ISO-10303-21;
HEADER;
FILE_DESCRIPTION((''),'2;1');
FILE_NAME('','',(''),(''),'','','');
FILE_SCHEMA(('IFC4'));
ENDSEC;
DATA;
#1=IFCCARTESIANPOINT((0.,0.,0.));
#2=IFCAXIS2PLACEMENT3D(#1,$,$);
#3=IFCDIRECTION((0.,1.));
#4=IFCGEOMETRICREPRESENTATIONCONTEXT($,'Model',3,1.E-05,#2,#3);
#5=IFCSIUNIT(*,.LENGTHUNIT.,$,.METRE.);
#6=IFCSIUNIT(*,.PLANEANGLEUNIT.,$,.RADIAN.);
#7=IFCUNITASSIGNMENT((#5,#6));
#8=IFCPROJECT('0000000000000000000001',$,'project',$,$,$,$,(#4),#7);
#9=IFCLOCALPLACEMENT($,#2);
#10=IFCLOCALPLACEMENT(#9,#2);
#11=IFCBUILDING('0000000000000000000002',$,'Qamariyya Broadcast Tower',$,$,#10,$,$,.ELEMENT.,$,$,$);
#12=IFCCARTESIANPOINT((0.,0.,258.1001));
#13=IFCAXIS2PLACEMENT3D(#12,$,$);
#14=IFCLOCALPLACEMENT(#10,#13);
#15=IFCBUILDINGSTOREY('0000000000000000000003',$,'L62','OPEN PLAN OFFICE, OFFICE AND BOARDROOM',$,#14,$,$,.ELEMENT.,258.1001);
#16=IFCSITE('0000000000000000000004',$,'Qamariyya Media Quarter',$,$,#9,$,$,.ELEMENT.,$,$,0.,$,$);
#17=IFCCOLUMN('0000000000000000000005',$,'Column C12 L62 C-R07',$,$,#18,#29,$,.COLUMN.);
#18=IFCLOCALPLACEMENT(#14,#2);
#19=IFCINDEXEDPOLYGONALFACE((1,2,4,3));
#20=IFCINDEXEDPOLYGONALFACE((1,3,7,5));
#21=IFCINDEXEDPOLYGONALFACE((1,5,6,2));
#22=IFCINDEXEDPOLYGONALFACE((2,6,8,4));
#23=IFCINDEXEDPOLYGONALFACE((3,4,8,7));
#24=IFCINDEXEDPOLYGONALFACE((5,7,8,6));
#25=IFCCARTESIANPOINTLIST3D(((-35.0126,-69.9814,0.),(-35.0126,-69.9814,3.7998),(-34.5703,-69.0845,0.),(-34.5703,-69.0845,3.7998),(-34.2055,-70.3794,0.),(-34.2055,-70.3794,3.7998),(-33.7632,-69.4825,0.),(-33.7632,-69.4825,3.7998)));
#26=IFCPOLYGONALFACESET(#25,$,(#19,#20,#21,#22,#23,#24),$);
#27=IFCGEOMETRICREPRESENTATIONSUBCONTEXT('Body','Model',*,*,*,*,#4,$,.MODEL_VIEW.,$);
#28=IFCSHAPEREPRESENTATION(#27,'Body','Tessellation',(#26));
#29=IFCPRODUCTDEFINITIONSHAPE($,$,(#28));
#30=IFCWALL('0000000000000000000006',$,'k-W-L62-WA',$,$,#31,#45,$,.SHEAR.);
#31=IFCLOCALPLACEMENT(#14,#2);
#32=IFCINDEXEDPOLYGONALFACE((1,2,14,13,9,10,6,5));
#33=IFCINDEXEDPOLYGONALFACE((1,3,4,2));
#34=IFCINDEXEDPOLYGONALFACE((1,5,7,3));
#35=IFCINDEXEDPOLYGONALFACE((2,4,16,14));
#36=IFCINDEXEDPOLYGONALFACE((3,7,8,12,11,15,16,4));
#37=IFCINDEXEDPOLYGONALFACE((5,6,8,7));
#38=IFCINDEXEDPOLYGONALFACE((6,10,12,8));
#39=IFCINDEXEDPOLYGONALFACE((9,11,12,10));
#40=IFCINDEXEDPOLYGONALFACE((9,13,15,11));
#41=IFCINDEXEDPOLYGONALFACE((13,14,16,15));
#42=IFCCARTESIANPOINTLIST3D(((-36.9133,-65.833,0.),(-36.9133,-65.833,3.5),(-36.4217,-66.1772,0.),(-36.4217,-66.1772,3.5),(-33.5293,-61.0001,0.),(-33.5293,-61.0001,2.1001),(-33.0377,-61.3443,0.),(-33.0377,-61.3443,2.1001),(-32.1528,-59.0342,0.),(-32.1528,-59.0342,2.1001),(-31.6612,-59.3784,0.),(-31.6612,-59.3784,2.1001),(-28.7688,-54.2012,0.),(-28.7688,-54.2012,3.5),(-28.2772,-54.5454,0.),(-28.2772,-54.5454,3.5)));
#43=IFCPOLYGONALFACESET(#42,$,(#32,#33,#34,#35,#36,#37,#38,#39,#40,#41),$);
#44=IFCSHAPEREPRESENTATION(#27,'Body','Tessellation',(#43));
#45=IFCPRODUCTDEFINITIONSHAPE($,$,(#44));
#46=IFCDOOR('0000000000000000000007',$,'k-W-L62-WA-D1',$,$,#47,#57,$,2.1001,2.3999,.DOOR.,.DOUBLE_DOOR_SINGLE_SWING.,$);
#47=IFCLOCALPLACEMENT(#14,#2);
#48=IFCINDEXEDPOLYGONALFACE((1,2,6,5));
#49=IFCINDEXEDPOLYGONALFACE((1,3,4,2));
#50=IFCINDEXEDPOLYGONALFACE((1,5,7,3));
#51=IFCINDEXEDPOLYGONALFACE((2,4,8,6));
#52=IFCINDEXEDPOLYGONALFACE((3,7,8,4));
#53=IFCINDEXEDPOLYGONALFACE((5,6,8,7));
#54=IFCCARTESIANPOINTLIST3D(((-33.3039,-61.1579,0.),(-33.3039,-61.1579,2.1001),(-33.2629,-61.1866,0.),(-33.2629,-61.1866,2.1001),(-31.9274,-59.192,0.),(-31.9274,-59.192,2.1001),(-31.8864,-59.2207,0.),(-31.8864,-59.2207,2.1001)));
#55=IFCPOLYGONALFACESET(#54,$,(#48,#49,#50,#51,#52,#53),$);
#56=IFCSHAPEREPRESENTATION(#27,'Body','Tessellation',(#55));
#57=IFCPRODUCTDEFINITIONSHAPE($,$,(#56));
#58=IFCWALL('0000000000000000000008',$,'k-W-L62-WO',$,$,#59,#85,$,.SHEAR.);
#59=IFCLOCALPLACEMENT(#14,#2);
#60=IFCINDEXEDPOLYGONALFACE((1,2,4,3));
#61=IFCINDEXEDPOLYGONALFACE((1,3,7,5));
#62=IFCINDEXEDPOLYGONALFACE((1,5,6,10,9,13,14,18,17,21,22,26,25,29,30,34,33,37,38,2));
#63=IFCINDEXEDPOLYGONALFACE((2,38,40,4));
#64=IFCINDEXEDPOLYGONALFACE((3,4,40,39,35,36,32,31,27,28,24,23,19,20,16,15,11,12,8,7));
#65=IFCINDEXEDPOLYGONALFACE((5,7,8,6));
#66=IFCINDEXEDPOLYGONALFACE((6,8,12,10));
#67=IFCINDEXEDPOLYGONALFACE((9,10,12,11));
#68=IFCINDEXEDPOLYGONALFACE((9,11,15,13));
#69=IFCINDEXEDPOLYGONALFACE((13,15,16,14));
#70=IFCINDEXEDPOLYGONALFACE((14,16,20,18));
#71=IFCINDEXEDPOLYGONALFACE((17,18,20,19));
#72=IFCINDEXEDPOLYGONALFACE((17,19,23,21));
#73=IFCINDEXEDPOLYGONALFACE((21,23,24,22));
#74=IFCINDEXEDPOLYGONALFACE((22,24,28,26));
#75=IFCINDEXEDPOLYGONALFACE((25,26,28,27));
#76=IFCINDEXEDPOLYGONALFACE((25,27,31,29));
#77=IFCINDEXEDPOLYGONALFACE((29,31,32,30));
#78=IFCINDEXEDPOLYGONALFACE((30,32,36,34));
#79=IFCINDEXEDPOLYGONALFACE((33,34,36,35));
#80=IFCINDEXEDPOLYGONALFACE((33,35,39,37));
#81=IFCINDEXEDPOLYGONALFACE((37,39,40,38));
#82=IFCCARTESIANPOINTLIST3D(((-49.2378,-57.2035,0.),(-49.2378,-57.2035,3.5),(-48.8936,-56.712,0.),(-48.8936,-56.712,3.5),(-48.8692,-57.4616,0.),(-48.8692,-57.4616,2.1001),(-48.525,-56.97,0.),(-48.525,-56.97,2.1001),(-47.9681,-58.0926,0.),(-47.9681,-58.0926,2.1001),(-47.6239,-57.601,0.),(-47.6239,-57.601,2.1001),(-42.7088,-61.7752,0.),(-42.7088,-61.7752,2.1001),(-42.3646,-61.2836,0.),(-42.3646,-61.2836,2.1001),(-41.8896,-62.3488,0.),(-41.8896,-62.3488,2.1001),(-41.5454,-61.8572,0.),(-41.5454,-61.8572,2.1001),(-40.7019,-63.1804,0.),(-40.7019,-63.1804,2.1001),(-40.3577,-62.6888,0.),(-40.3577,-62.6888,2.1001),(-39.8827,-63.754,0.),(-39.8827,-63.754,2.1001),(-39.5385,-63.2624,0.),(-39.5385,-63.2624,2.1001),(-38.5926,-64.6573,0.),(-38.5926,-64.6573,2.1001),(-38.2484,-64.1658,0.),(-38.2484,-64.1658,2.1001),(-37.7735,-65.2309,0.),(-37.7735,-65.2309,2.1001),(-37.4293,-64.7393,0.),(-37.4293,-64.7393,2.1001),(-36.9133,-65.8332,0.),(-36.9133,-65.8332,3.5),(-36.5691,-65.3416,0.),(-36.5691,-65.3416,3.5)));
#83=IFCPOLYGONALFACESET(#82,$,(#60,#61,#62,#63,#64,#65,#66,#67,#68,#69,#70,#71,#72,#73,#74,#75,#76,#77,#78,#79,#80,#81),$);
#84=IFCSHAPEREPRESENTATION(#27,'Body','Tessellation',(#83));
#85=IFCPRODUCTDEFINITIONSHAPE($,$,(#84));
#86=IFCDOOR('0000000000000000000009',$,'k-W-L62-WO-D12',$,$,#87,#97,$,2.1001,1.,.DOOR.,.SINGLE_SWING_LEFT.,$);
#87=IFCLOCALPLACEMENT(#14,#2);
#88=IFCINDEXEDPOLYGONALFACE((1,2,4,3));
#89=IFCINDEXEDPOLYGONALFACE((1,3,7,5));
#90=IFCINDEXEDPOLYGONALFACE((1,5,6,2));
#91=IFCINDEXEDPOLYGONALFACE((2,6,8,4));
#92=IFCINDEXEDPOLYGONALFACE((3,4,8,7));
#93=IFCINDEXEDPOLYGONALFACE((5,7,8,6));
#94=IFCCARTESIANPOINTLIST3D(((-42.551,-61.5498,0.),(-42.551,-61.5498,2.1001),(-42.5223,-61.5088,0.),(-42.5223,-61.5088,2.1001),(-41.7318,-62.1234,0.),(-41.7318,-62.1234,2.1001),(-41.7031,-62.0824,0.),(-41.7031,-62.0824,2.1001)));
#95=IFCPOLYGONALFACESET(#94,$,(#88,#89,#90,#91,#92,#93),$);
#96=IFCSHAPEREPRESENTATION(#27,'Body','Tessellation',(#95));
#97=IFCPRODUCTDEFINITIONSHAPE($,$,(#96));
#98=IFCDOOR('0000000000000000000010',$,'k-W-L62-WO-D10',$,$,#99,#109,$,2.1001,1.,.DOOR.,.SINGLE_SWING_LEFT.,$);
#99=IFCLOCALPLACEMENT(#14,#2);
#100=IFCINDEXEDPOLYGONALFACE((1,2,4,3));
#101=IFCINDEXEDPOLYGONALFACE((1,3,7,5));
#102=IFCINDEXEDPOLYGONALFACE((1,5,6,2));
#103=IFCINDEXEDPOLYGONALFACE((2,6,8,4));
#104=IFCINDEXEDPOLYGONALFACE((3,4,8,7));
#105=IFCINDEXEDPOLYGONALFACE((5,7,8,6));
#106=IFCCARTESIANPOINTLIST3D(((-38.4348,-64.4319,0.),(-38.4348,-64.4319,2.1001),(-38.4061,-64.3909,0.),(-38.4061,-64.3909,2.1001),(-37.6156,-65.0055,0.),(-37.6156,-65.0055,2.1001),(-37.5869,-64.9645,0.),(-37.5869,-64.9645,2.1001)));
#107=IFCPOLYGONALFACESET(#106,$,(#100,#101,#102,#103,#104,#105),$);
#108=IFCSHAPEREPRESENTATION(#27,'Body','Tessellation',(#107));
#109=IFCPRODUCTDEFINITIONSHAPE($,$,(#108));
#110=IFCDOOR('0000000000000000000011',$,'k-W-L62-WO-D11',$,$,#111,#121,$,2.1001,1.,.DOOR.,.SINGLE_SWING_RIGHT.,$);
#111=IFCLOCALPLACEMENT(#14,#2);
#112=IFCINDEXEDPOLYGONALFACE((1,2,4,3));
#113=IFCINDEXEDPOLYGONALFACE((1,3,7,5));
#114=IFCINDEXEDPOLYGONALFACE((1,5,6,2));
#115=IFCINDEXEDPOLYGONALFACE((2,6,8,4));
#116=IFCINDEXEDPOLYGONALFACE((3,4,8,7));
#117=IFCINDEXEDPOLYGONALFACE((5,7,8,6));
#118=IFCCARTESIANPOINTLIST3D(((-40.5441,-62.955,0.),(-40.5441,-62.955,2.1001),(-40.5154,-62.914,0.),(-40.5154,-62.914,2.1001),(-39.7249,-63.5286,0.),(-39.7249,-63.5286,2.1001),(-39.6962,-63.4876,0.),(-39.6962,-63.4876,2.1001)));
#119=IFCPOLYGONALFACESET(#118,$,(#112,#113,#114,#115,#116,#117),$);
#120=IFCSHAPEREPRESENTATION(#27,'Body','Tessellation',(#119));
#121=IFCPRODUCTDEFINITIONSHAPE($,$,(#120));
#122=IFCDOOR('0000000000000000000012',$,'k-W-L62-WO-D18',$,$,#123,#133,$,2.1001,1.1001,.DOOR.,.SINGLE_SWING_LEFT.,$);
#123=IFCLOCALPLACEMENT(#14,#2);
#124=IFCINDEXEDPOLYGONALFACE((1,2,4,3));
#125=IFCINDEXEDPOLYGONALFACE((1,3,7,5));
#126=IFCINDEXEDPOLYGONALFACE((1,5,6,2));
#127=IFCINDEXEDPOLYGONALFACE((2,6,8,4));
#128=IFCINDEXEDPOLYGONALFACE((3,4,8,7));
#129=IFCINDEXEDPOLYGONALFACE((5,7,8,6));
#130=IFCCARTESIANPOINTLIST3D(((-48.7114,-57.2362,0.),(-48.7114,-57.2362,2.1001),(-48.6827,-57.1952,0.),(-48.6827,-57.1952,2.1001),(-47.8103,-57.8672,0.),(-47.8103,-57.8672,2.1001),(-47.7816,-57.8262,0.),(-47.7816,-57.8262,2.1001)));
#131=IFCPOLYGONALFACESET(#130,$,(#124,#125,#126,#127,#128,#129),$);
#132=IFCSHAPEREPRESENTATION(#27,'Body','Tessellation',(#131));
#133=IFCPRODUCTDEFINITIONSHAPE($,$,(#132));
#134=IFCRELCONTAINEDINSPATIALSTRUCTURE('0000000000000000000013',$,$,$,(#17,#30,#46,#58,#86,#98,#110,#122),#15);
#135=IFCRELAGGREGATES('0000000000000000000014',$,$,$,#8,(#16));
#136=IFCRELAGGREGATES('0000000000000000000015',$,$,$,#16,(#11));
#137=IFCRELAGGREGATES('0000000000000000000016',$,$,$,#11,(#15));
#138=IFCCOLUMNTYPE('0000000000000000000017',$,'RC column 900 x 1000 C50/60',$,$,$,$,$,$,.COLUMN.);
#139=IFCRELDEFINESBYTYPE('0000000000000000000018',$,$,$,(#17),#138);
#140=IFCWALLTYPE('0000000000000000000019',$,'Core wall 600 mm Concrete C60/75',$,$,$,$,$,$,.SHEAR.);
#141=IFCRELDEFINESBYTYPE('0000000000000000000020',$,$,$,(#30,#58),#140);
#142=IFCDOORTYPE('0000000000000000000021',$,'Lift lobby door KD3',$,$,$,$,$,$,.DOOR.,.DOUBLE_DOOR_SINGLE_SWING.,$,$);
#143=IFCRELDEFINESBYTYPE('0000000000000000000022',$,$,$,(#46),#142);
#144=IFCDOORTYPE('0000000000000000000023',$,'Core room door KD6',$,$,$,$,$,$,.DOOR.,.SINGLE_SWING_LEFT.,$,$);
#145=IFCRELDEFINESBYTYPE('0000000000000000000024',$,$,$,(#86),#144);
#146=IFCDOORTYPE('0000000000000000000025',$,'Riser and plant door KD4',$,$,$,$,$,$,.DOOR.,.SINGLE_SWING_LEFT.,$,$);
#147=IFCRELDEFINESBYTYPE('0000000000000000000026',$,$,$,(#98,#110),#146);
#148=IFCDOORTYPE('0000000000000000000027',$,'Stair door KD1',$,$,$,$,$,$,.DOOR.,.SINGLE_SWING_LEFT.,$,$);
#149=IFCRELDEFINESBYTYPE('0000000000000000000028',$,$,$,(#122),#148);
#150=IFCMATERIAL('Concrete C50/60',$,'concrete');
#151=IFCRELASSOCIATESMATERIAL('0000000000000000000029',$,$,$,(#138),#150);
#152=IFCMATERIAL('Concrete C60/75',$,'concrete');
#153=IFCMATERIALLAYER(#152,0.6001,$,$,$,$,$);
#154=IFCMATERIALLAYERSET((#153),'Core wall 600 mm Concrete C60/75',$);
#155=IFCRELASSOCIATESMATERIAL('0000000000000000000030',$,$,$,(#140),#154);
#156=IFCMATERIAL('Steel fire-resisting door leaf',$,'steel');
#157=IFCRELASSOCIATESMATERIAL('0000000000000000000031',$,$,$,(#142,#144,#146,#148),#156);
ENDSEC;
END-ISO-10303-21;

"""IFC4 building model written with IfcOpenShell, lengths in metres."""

from ifc_helpers import new_model, si_unit, direction, frame, frame_2d, origin, origin_2d, place, context, subcontext, project, spatial, rectangle, extrude, material, layer, layer_set, material_profile, profile_set, type_object, element, fill, save


model = new_model("IFC4")

# Units and contexts
model_context = context("Model", 3, precision=1e-05, world=origin(), true_north=direction((0.0, 1.0)))
body_context = subcontext(model_context, "Body", "Model", "MODEL_VIEW")
ifc_project = project(units=[si_unit("LENGTHUNIT", "METRE"), si_unit("PLANEANGLEUNIT", "RADIAN")], contexts=[model_context])

# Site, building, storey
site_placement = place(None, origin())
site = spatial("IfcSite", under=ifc_project, at=site_placement, Name="Qamariyya Media Quarter", CompositionType="ELEMENT", RefElevation=0.0)
building_placement = place(site_placement, origin())
building = spatial("IfcBuilding", under=site, at=building_placement, Name="Qamariyya Broadcast Tower", CompositionType="ELEMENT")
storey_placement = place(building_placement, frame((0.0, 0.0, 258.1001)))
storey = spatial("IfcBuildingStorey", under=building, at=storey_placement, Name="L62", Description="OPEN PLAN OFFICE, OFFICE AND BOARDROOM", CompositionType="ELEMENT", Elevation=258.1001)

# Column
ifc_material_1 = material(Name="Concrete C50/60", Category="concrete")
ifc_material_profile_1 = material_profile(ifc_material_1, rectangle(XDim=0.8999, YDim=1.0, at=origin_2d()))
ifc_profile_set_1 = profile_set([ifc_material_profile_1], Name="Concrete C50/60")
column_type = type_object("IfcColumnType", Name="RC column 900 x 1000 C50/60", PredefinedType="COLUMN", material=ifc_profile_set_1)
column_placement = place(storey_placement, frame((-34.3879, -69.7319, 0.0), z_axis=(0.0, 0.0, 1.0), x_axis=(0.896873, -0.442289, 0.0)))
element("IfcColumn", 1, at=column_placement, inside=storey, type_object=column_type, Name="Column C12 L62 C-R07", PredefinedType="COLUMN", context=body_context, shape_type="SweptSolid", body=[
    extrude(rectangle(XDim=0.8999, YDim=1.0, at=origin_2d()), origin(), (0.0, 0.0, 1.0), 3.7998),
])

# Wall, opening, door
ifc_material_2 = material(Name="Concrete C60/75", Category="concrete")
ifc_layer_1 = layer(ifc_material_2, 0.6001)
ifc_layer_set_1 = layer_set([ifc_layer_1], Name="Core wall 600 mm Concrete C60/75")
wall_type_1 = type_object("IfcWallType", Name="Core wall 600 mm Concrete C60/75", PredefinedType="SHEAR", material=ifc_layer_set_1)
wall_1_placement = place(storey_placement, frame((-36.6675, -66.0051, 0.0), z_axis=(0.0, 0.0, 1.0), x_axis=(0.573568, 0.819158, 0.0)))
wall_1 = element("IfcWall", 2, at=wall_1_placement, inside=storey, type_object=wall_type_1, Name="k-W-L62-WA", PredefinedType="SHEAR", context=body_context, shape_type="SweptSolid", body=[
    extrude(rectangle(XDim=14.1997, YDim=0.6001, at=frame_2d((7.0999, 0.0))), origin(), (0.0, 0.0, 1.0), 3.5),
])
opening_1_placement = place(wall_1_placement, frame((5.8999, 0.0, 0.0)))
opening_1 = element("IfcOpeningElement", 3, at=opening_1_placement, cuts=wall_1, PredefinedType="OPENING", context=body_context, shape_type="SweptSolid", body=[
    extrude(rectangle(XDim=2.3999, YDim=2.1001, at=frame_2d((1.2, 1.05))), frame((0.0, 0.3101, 0.0), z_axis=(0.0, -1.0, 0.0), x_axis=(1.0, 0.0, 0.0)), (0.0, 0.0, 1.0), 0.6201),
])
ifc_material_3 = material(Name="Steel fire-resisting door leaf", Category="steel")
door_type_1 = type_object("IfcDoorType", Name="Lift lobby door KD3", OperationType="DOUBLE_DOOR_SINGLE_SWING", PredefinedType="DOOR", material=ifc_material_3)
door_1_placement = place(opening_1_placement, origin())
door_1 = element("IfcDoor", 4, at=door_1_placement, inside=storey, type_object=door_type_1, Name="k-W-L62-WA-D1", OperationType="DOUBLE_DOOR_SINGLE_SWING", OverallHeight=2.1001, OverallWidth=2.3999, PredefinedType="DOOR", context=body_context, shape_type="SweptSolid", body=[
    extrude(rectangle(XDim=2.3999, YDim=2.1001, at=frame_2d((1.2, 1.05))), frame((0.0, 0.0249, 0.0), z_axis=(0.0, -1.0, 0.0), x_axis=(1.0, 0.0, 0.0)), (0.0, 0.0, 1.0), 0.05),
])
fill(opening_1, door_1)

# Wall, openings, doors
wall_2_placement = place(storey_placement, frame((-36.7412, -65.5874, 0.0), z_axis=(0.0, 0.0, 1.0), x_axis=(-0.819153, 0.573575, 0.0)))
wall_2 = element("IfcWall", 5, at=wall_2_placement, inside=storey, type_object=wall_type_1, Name="k-W-L62-WO", PredefinedType="SHEAR", context=body_context, shape_type="SweptSolid", body=[
    extrude(rectangle(XDim=15.0454, YDim=0.6001, at=frame_2d((7.5227, 0.0))), origin(), (0.0, 0.0, 1.0), 3.5),
])
opening_2_placement = place(wall_2_placement, frame((1.05, 0.0, 0.0)))
opening_2 = element("IfcOpeningElement", 6, at=opening_2_placement, cuts=wall_2, PredefinedType="OPENING", context=body_context, shape_type="SweptSolid", body=[
    extrude(rectangle(XDim=1.0, YDim=2.1001, at=frame_2d((0.5, 1.05))), frame((0.0, 0.3101, 0.0), z_axis=(0.0, -1.0, 0.0), x_axis=(1.0, 0.0, 0.0)), (0.0, 0.0, 1.0), 0.6201),
])
opening_3_placement = place(wall_2_placement, frame((3.625, 0.0, 0.0)))
opening_3 = element("IfcOpeningElement", 7, at=opening_3_placement, cuts=wall_2, PredefinedType="OPENING", context=body_context, shape_type="SweptSolid", body=[
    extrude(rectangle(XDim=1.0, YDim=2.1001, at=frame_2d((0.5, 1.05))), frame((0.0, 0.3101, 0.0), z_axis=(0.0, -1.0, 0.0), x_axis=(1.0, 0.0, 0.0)), (0.0, 0.0, 1.0), 0.6201),
])
opening_4_placement = place(wall_2_placement, frame((6.075, 0.0, 0.0)))
opening_4 = element("IfcOpeningElement", 8, at=opening_4_placement, cuts=wall_2, PredefinedType="OPENING", context=body_context, shape_type="SweptSolid", body=[
    extrude(rectangle(XDim=1.0, YDim=2.1001, at=frame_2d((0.5, 1.05))), frame((0.0, 0.3101, 0.0), z_axis=(0.0, -1.0, 0.0), x_axis=(1.0, 0.0, 0.0)), (0.0, 0.0, 1.0), 0.6201),
])
opening_5_placement = place(wall_2_placement, frame((13.4954, 0.0, 0.0)))
opening_5 = element("IfcOpeningElement", 9, at=opening_5_placement, cuts=wall_2, PredefinedType="OPENING", context=body_context, shape_type="SweptSolid", body=[
    extrude(rectangle(XDim=1.1001, YDim=2.1001, at=frame_2d((0.55, 1.05))), frame((0.0, 0.3101, 0.0), z_axis=(0.0, -1.0, 0.0), x_axis=(1.0, 0.0, 0.0)), (0.0, 0.0, 1.0), 0.6201),
])
door_type_2 = type_object("IfcDoorType", Name="Core room door KD6", OperationType="SINGLE_SWING_LEFT", PredefinedType="DOOR", material=ifc_material_3)
door_2_placement = place(opening_4_placement, origin())
door_2 = element("IfcDoor", 10, at=door_2_placement, inside=storey, type_object=door_type_2, Name="k-W-L62-WO-D12", OperationType="SINGLE_SWING_LEFT", OverallHeight=2.1001, OverallWidth=1.0, PredefinedType="DOOR", context=body_context, shape_type="SweptSolid", body=[
    extrude(rectangle(XDim=1.0, YDim=2.1001, at=frame_2d((0.5, 1.05))), frame((0.0, 0.0249, 0.0), z_axis=(0.0, -1.0, 0.0), x_axis=(1.0, 0.0, 0.0)), (0.0, 0.0, 1.0), 0.05),
])
fill(opening_4, door_2)
door_type_3 = type_object("IfcDoorType", Name="Riser and plant door KD4", OperationType="SINGLE_SWING_LEFT", PredefinedType="DOOR", material=ifc_material_3)
door_3_placement = place(opening_2_placement, origin())
door_3 = element("IfcDoor", 11, at=door_3_placement, inside=storey, type_object=door_type_3, Name="k-W-L62-WO-D10", OperationType="SINGLE_SWING_LEFT", OverallHeight=2.1001, OverallWidth=1.0, PredefinedType="DOOR", context=body_context, shape_type="SweptSolid", body=[
    extrude(rectangle(XDim=1.0, YDim=2.1001, at=frame_2d((0.5, 1.05))), frame((0.0, 0.0249, 0.0), z_axis=(0.0, -1.0, 0.0), x_axis=(1.0, 0.0, 0.0)), (0.0, 0.0, 1.0), 0.05),
])
fill(opening_2, door_3)
door_4_placement = place(opening_3_placement, origin())
door_4 = element("IfcDoor", 12, at=door_4_placement, inside=storey, type_object=door_type_3, Name="k-W-L62-WO-D11", OperationType="SINGLE_SWING_RIGHT", OverallHeight=2.1001, OverallWidth=1.0, PredefinedType="DOOR", context=body_context, shape_type="SweptSolid", body=[
    extrude(rectangle(XDim=1.0, YDim=2.1001, at=frame_2d((0.5, 1.05))), frame((0.0, 0.0249, 0.0), z_axis=(0.0, -1.0, 0.0), x_axis=(1.0, 0.0, 0.0)), (0.0, 0.0, 1.0), 0.05),
])
fill(opening_3, door_4)
door_type_4 = type_object("IfcDoorType", Name="Stair door KD1", OperationType="SINGLE_SWING_LEFT", PredefinedType="DOOR", material=ifc_material_3)
door_5_placement = place(opening_5_placement, origin())
door_5 = element("IfcDoor", 13, at=door_5_placement, inside=storey, type_object=door_type_4, Name="k-W-L62-WO-D18", OperationType="SINGLE_SWING_LEFT", OverallHeight=2.1001, OverallWidth=1.1001, PredefinedType="DOOR", context=body_context, shape_type="SweptSolid", body=[
    extrude(rectangle(XDim=1.1001, YDim=2.1001, at=frame_2d((0.55, 1.05))), frame((0.0, 0.0249, 0.0), z_axis=(0.0, -1.0, 0.0), x_axis=(1.0, 0.0, 0.0)), (0.0, 0.0, 1.0), 0.05),
])
fill(opening_5, door_5)

save(model, "model.ifc")
